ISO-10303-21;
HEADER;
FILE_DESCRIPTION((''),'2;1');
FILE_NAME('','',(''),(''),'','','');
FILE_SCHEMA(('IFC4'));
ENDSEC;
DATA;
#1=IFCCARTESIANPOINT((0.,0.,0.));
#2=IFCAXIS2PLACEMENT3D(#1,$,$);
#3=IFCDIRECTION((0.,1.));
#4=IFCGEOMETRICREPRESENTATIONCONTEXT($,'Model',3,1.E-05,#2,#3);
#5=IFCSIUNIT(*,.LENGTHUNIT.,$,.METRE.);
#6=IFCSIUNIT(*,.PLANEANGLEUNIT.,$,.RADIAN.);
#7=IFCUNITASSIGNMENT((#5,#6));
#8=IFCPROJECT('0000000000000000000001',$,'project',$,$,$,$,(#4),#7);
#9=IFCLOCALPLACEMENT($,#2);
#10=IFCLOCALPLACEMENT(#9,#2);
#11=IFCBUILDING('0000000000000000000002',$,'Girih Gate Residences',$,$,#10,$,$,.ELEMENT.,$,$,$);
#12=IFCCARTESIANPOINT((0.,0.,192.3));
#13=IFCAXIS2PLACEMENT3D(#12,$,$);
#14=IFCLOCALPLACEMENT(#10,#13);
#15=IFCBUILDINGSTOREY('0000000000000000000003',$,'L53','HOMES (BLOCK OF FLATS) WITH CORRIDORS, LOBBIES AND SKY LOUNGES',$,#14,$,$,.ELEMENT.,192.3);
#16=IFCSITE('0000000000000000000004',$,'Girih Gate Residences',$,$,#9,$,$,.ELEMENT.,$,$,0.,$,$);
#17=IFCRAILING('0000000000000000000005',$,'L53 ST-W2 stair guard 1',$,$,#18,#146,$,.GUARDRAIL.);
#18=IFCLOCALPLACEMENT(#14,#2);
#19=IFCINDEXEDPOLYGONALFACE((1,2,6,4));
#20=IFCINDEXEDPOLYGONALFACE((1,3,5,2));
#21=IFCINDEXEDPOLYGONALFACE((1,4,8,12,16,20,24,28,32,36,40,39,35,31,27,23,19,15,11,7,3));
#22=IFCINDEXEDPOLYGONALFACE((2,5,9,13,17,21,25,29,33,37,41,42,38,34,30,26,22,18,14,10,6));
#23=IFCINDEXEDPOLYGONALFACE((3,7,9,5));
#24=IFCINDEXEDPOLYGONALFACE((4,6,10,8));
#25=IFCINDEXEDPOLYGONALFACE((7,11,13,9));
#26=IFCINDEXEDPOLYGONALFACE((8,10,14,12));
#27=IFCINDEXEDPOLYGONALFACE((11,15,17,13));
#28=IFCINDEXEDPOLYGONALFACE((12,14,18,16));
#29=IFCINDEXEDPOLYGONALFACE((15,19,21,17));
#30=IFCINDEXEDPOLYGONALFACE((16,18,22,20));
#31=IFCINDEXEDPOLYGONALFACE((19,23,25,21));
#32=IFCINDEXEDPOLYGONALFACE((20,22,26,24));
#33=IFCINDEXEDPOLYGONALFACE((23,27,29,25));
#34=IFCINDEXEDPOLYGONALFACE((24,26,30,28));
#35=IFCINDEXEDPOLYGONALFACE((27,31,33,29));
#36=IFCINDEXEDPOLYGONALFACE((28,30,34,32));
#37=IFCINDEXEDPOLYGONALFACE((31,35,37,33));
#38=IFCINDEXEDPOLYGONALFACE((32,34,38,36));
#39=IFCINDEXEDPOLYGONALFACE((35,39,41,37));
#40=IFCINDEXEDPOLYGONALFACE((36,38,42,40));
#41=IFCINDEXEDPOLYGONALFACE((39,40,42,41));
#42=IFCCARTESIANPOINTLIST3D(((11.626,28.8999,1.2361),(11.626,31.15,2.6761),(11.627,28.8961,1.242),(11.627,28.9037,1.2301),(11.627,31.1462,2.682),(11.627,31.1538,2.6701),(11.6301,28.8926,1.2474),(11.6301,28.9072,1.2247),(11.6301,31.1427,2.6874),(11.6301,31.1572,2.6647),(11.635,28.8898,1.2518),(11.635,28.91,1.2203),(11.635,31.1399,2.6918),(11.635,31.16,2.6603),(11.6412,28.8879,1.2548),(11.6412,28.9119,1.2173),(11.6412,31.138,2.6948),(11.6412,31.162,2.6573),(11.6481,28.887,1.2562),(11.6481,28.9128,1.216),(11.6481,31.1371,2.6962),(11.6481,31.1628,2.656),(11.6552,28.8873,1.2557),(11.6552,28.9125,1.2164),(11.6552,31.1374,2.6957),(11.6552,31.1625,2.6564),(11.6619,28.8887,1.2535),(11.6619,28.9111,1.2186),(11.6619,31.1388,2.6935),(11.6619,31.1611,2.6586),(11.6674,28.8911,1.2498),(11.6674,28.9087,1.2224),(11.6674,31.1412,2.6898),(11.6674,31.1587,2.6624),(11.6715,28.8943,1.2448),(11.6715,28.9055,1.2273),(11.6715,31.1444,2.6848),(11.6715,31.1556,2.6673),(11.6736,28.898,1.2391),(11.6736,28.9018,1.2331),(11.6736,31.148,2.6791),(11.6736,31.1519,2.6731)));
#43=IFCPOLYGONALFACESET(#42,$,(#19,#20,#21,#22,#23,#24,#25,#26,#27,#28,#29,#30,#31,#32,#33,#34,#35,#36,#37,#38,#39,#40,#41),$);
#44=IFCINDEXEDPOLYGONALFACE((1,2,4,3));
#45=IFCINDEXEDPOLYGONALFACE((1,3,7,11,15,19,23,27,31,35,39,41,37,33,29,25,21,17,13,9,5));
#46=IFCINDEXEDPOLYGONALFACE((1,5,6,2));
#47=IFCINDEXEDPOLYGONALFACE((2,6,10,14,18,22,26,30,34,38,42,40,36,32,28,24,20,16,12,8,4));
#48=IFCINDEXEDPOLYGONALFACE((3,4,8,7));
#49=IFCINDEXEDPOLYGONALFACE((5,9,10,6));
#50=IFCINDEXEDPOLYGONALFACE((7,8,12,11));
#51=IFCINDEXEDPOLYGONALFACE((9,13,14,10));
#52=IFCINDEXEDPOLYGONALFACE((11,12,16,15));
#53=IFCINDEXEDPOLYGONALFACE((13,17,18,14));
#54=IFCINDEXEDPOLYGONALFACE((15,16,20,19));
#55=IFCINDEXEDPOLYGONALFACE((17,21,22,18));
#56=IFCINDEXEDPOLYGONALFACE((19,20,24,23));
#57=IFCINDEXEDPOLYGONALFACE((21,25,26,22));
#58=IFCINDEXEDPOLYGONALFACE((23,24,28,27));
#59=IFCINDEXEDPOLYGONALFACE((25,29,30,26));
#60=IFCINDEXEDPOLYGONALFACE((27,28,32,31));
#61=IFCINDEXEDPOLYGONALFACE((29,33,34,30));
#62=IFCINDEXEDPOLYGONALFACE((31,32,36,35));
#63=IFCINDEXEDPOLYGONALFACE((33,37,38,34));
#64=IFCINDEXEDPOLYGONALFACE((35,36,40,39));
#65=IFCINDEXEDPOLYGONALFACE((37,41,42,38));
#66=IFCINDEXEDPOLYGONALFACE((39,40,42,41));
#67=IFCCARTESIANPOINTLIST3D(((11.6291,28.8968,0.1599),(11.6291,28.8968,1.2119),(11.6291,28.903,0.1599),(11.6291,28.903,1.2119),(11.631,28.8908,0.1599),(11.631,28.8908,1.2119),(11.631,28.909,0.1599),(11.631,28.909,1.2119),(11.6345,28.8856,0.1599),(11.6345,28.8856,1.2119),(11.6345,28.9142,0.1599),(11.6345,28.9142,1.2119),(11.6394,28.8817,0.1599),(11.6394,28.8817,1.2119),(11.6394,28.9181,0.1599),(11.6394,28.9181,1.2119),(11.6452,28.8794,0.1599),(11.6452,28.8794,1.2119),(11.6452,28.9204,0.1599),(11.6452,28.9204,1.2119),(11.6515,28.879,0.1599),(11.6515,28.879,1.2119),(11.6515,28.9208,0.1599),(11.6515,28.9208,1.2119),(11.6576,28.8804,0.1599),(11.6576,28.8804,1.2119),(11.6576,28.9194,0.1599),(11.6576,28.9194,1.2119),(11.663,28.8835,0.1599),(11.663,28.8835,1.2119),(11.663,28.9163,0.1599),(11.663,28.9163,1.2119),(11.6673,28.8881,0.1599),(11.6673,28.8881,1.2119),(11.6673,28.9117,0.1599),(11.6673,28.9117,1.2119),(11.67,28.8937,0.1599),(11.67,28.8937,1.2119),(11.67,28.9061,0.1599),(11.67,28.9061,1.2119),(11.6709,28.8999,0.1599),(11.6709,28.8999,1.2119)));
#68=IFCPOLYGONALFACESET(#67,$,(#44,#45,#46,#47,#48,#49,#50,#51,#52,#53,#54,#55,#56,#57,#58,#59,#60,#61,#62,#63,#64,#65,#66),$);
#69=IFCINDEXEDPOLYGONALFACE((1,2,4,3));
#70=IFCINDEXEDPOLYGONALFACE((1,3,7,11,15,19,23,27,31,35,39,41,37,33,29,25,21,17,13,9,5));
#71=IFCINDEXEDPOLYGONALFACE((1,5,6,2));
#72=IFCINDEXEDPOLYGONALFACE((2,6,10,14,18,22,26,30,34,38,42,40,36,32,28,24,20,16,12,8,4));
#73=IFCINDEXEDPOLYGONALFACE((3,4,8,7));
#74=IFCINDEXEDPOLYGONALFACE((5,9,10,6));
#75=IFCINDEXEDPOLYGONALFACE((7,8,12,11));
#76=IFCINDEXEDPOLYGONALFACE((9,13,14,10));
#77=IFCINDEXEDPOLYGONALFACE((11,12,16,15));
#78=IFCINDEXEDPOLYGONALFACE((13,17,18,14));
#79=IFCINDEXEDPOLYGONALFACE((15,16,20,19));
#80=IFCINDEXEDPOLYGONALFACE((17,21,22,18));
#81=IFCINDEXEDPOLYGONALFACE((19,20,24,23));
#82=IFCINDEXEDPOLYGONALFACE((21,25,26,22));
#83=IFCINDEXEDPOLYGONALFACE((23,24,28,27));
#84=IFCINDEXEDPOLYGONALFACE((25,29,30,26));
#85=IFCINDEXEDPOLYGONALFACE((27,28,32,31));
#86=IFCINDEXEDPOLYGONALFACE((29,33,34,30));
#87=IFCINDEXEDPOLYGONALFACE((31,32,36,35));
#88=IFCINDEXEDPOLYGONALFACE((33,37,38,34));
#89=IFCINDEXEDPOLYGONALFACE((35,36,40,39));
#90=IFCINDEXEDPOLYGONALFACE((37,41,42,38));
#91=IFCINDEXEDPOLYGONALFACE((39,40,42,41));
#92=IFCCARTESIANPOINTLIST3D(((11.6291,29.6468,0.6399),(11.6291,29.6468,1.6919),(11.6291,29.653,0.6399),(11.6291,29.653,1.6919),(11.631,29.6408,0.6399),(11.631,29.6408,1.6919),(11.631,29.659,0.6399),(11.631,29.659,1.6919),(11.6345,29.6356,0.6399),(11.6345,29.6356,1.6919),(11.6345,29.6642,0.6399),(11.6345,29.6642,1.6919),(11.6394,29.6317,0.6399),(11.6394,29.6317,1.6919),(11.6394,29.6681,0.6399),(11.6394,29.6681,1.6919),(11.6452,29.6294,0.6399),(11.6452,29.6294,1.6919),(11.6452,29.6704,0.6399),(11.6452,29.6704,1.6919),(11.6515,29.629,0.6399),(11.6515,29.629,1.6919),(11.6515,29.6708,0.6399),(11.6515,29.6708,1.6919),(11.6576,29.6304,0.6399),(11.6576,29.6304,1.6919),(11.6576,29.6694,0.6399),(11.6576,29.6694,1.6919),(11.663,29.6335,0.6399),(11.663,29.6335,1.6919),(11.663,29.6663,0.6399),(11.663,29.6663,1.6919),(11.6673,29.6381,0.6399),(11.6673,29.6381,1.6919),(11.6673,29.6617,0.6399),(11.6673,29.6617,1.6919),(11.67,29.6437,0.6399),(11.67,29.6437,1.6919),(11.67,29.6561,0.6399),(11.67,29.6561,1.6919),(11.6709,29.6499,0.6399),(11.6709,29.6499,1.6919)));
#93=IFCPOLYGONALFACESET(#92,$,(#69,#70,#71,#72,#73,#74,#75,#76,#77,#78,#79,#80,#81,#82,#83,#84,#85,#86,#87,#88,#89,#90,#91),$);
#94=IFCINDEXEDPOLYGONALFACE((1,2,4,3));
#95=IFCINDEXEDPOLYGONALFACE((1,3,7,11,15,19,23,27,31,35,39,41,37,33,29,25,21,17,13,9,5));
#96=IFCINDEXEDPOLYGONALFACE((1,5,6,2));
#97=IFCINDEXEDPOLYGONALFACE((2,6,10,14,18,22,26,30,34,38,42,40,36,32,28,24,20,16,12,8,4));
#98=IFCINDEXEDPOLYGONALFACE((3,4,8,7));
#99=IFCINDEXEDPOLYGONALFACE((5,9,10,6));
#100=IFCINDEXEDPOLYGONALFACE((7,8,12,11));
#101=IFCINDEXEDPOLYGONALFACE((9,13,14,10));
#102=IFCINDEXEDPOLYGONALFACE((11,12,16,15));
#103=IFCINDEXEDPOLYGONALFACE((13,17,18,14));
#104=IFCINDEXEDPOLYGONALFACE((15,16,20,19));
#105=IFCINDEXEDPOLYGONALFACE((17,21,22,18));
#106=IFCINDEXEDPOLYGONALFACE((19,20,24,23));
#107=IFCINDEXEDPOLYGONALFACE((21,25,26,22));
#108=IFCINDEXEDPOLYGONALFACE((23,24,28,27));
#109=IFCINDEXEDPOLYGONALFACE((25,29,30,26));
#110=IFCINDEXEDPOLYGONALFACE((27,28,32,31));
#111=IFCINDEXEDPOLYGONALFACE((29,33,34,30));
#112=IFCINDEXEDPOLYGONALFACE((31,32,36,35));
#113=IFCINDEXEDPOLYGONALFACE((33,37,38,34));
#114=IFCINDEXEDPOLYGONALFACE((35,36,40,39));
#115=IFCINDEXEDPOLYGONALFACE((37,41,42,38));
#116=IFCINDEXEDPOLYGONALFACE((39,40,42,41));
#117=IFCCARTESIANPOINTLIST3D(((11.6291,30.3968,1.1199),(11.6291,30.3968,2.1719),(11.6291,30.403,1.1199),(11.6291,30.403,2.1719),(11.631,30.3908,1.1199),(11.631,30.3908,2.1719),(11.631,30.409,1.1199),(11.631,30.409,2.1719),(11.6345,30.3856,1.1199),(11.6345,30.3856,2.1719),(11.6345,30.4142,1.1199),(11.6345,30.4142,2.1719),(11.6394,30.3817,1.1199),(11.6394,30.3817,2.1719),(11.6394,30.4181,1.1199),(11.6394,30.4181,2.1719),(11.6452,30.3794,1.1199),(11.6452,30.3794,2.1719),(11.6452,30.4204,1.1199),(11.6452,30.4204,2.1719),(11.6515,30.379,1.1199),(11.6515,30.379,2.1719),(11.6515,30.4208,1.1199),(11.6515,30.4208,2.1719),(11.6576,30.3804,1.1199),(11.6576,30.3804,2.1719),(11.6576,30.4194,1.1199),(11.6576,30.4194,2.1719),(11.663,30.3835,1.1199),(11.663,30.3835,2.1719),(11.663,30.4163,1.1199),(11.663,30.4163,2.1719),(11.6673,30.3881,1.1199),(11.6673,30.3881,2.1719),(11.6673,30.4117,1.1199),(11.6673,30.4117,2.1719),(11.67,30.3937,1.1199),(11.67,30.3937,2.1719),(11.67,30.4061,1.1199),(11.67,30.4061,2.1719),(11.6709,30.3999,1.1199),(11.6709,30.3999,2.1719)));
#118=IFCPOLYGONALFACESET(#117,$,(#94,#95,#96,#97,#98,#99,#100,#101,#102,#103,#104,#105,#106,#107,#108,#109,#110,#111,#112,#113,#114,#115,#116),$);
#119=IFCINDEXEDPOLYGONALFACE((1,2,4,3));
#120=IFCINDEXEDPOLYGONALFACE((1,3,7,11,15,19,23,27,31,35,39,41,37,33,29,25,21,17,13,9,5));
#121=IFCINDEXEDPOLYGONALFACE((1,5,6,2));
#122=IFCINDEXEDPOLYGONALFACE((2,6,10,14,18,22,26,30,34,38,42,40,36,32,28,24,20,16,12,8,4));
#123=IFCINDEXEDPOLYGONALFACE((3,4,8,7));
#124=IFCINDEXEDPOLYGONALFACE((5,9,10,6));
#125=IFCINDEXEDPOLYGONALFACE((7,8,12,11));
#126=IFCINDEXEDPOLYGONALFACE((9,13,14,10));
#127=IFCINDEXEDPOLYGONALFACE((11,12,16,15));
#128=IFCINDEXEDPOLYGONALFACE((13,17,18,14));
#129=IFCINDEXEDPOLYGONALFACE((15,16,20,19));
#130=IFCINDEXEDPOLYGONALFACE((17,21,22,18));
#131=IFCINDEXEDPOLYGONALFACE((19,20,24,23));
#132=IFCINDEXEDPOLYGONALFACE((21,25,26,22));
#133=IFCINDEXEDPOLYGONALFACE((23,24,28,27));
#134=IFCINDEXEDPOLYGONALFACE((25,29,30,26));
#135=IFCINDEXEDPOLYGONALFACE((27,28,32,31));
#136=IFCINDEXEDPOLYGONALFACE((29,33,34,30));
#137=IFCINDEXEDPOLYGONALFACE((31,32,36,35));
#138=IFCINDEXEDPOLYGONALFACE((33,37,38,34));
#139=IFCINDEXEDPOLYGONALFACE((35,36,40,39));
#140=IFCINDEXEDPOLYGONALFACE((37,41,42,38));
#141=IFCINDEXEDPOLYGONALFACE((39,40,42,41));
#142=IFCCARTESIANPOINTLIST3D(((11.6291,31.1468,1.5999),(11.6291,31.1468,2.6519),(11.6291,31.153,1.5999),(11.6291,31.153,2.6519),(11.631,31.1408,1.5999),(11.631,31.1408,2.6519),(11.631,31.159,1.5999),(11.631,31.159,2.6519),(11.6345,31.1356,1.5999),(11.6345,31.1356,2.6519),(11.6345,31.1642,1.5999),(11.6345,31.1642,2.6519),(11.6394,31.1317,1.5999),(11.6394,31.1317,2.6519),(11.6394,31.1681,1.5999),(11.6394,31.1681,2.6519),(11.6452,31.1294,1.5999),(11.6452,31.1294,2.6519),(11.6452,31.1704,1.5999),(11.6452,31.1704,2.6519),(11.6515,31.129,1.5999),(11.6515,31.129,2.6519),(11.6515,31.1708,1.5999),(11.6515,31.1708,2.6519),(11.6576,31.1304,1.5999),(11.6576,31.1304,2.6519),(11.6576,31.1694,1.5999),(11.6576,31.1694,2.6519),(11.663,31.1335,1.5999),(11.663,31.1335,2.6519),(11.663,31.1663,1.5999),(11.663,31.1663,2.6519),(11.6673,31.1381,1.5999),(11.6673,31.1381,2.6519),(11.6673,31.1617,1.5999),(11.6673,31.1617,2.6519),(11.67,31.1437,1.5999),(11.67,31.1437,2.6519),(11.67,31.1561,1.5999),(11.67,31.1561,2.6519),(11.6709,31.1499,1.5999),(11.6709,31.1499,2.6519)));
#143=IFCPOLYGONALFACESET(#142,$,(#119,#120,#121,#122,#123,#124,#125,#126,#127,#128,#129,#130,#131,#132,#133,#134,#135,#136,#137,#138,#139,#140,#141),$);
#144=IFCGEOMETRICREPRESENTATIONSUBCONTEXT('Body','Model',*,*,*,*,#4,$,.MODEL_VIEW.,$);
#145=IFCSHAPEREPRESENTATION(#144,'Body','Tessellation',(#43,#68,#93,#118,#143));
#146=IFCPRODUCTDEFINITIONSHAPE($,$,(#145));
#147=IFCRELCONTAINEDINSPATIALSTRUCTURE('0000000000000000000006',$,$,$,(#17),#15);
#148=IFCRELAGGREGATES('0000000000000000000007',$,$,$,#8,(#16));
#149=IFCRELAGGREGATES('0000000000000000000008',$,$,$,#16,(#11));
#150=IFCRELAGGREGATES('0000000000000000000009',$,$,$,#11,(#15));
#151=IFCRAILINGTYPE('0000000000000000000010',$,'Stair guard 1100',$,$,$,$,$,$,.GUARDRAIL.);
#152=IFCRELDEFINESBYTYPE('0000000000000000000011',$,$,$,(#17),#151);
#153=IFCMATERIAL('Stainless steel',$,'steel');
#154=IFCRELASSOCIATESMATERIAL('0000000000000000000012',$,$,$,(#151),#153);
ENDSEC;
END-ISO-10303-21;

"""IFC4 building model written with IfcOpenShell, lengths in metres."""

from ifc_helpers import new_model, si_unit, direction, frame, origin, origin_2d, place, context, subcontext, project, spatial, circle, extrude, material, type_object, element, save


model = new_model("IFC4")

# Units and contexts
model_context = context("Model", 3, precision=1e-05, world=origin(), true_north=direction((0.0, 1.0)))
body_context = subcontext(model_context, "Body", "Model", "MODEL_VIEW")
ifc_project = project(units=[si_unit("LENGTHUNIT", "METRE"), si_unit("PLANEANGLEUNIT", "RADIAN")], contexts=[model_context])

# Site, building, storey
site_placement = place(None, origin())
site = spatial("IfcSite", under=ifc_project, at=site_placement, Name="Girih Gate Residences", CompositionType="ELEMENT", RefElevation=0.0)
building_placement = place(site_placement, origin())
building = spatial("IfcBuilding", under=site, at=building_placement, Name="Girih Gate Residences", CompositionType="ELEMENT")
storey_placement = place(building_placement, frame((0.0, 0.0, 192.3)))
storey = spatial("IfcBuildingStorey", under=building, at=storey_placement, Name="L53", Description="HOMES (BLOCK OF FLATS) WITH CORRIDORS, LOBBIES AND SKY LOUNGES", CompositionType="ELEMENT", Elevation=192.3)

# Railing
ifc_material_1 = material(Name="Stainless steel", Category="steel")
railing_type_1 = type_object("IfcRailingType", Name="Stair guard 1100", PredefinedType="GUARDRAIL", material=ifc_material_1)
railing_1_placement = place(storey_placement, frame((11.6499, 28.8999, 0.1599)))
element("IfcRailing", 1, at=railing_1_placement, inside=storey, type_object=railing_type_1, Name="L53 ST-W2 stair guard 1", PredefinedType="GUARDRAIL", context=body_context, shape_type="SweptSolid", body=[
    extrude(circle(Radius=0.0239, at=origin_2d()), frame((0.0, 0.0, 1.0762), z_axis=(0.0, 0.842281, 0.539038), x_axis=(-1.0, 0.0, 0.0)), (0.0, 0.0, 1.0), 2.6714),
    extrude(circle(Radius=0.021, at=origin_2d()), origin(), (0.0, 0.0, 1.0), 1.052),
    extrude(circle(Radius=0.021, at=origin_2d()), frame((0.0, 0.75, 0.48)), (0.0, 0.0, 1.0), 1.052),
    extrude(circle(Radius=0.021, at=origin_2d()), frame((0.0, 1.5, 0.96)), (0.0, 0.0, 1.0), 1.052),
    extrude(circle(Radius=0.021, at=origin_2d()), frame((0.0, 2.25, 1.4399)), (0.0, 0.0, 1.0), 1.052),
])

save(model, "model.ifc")
